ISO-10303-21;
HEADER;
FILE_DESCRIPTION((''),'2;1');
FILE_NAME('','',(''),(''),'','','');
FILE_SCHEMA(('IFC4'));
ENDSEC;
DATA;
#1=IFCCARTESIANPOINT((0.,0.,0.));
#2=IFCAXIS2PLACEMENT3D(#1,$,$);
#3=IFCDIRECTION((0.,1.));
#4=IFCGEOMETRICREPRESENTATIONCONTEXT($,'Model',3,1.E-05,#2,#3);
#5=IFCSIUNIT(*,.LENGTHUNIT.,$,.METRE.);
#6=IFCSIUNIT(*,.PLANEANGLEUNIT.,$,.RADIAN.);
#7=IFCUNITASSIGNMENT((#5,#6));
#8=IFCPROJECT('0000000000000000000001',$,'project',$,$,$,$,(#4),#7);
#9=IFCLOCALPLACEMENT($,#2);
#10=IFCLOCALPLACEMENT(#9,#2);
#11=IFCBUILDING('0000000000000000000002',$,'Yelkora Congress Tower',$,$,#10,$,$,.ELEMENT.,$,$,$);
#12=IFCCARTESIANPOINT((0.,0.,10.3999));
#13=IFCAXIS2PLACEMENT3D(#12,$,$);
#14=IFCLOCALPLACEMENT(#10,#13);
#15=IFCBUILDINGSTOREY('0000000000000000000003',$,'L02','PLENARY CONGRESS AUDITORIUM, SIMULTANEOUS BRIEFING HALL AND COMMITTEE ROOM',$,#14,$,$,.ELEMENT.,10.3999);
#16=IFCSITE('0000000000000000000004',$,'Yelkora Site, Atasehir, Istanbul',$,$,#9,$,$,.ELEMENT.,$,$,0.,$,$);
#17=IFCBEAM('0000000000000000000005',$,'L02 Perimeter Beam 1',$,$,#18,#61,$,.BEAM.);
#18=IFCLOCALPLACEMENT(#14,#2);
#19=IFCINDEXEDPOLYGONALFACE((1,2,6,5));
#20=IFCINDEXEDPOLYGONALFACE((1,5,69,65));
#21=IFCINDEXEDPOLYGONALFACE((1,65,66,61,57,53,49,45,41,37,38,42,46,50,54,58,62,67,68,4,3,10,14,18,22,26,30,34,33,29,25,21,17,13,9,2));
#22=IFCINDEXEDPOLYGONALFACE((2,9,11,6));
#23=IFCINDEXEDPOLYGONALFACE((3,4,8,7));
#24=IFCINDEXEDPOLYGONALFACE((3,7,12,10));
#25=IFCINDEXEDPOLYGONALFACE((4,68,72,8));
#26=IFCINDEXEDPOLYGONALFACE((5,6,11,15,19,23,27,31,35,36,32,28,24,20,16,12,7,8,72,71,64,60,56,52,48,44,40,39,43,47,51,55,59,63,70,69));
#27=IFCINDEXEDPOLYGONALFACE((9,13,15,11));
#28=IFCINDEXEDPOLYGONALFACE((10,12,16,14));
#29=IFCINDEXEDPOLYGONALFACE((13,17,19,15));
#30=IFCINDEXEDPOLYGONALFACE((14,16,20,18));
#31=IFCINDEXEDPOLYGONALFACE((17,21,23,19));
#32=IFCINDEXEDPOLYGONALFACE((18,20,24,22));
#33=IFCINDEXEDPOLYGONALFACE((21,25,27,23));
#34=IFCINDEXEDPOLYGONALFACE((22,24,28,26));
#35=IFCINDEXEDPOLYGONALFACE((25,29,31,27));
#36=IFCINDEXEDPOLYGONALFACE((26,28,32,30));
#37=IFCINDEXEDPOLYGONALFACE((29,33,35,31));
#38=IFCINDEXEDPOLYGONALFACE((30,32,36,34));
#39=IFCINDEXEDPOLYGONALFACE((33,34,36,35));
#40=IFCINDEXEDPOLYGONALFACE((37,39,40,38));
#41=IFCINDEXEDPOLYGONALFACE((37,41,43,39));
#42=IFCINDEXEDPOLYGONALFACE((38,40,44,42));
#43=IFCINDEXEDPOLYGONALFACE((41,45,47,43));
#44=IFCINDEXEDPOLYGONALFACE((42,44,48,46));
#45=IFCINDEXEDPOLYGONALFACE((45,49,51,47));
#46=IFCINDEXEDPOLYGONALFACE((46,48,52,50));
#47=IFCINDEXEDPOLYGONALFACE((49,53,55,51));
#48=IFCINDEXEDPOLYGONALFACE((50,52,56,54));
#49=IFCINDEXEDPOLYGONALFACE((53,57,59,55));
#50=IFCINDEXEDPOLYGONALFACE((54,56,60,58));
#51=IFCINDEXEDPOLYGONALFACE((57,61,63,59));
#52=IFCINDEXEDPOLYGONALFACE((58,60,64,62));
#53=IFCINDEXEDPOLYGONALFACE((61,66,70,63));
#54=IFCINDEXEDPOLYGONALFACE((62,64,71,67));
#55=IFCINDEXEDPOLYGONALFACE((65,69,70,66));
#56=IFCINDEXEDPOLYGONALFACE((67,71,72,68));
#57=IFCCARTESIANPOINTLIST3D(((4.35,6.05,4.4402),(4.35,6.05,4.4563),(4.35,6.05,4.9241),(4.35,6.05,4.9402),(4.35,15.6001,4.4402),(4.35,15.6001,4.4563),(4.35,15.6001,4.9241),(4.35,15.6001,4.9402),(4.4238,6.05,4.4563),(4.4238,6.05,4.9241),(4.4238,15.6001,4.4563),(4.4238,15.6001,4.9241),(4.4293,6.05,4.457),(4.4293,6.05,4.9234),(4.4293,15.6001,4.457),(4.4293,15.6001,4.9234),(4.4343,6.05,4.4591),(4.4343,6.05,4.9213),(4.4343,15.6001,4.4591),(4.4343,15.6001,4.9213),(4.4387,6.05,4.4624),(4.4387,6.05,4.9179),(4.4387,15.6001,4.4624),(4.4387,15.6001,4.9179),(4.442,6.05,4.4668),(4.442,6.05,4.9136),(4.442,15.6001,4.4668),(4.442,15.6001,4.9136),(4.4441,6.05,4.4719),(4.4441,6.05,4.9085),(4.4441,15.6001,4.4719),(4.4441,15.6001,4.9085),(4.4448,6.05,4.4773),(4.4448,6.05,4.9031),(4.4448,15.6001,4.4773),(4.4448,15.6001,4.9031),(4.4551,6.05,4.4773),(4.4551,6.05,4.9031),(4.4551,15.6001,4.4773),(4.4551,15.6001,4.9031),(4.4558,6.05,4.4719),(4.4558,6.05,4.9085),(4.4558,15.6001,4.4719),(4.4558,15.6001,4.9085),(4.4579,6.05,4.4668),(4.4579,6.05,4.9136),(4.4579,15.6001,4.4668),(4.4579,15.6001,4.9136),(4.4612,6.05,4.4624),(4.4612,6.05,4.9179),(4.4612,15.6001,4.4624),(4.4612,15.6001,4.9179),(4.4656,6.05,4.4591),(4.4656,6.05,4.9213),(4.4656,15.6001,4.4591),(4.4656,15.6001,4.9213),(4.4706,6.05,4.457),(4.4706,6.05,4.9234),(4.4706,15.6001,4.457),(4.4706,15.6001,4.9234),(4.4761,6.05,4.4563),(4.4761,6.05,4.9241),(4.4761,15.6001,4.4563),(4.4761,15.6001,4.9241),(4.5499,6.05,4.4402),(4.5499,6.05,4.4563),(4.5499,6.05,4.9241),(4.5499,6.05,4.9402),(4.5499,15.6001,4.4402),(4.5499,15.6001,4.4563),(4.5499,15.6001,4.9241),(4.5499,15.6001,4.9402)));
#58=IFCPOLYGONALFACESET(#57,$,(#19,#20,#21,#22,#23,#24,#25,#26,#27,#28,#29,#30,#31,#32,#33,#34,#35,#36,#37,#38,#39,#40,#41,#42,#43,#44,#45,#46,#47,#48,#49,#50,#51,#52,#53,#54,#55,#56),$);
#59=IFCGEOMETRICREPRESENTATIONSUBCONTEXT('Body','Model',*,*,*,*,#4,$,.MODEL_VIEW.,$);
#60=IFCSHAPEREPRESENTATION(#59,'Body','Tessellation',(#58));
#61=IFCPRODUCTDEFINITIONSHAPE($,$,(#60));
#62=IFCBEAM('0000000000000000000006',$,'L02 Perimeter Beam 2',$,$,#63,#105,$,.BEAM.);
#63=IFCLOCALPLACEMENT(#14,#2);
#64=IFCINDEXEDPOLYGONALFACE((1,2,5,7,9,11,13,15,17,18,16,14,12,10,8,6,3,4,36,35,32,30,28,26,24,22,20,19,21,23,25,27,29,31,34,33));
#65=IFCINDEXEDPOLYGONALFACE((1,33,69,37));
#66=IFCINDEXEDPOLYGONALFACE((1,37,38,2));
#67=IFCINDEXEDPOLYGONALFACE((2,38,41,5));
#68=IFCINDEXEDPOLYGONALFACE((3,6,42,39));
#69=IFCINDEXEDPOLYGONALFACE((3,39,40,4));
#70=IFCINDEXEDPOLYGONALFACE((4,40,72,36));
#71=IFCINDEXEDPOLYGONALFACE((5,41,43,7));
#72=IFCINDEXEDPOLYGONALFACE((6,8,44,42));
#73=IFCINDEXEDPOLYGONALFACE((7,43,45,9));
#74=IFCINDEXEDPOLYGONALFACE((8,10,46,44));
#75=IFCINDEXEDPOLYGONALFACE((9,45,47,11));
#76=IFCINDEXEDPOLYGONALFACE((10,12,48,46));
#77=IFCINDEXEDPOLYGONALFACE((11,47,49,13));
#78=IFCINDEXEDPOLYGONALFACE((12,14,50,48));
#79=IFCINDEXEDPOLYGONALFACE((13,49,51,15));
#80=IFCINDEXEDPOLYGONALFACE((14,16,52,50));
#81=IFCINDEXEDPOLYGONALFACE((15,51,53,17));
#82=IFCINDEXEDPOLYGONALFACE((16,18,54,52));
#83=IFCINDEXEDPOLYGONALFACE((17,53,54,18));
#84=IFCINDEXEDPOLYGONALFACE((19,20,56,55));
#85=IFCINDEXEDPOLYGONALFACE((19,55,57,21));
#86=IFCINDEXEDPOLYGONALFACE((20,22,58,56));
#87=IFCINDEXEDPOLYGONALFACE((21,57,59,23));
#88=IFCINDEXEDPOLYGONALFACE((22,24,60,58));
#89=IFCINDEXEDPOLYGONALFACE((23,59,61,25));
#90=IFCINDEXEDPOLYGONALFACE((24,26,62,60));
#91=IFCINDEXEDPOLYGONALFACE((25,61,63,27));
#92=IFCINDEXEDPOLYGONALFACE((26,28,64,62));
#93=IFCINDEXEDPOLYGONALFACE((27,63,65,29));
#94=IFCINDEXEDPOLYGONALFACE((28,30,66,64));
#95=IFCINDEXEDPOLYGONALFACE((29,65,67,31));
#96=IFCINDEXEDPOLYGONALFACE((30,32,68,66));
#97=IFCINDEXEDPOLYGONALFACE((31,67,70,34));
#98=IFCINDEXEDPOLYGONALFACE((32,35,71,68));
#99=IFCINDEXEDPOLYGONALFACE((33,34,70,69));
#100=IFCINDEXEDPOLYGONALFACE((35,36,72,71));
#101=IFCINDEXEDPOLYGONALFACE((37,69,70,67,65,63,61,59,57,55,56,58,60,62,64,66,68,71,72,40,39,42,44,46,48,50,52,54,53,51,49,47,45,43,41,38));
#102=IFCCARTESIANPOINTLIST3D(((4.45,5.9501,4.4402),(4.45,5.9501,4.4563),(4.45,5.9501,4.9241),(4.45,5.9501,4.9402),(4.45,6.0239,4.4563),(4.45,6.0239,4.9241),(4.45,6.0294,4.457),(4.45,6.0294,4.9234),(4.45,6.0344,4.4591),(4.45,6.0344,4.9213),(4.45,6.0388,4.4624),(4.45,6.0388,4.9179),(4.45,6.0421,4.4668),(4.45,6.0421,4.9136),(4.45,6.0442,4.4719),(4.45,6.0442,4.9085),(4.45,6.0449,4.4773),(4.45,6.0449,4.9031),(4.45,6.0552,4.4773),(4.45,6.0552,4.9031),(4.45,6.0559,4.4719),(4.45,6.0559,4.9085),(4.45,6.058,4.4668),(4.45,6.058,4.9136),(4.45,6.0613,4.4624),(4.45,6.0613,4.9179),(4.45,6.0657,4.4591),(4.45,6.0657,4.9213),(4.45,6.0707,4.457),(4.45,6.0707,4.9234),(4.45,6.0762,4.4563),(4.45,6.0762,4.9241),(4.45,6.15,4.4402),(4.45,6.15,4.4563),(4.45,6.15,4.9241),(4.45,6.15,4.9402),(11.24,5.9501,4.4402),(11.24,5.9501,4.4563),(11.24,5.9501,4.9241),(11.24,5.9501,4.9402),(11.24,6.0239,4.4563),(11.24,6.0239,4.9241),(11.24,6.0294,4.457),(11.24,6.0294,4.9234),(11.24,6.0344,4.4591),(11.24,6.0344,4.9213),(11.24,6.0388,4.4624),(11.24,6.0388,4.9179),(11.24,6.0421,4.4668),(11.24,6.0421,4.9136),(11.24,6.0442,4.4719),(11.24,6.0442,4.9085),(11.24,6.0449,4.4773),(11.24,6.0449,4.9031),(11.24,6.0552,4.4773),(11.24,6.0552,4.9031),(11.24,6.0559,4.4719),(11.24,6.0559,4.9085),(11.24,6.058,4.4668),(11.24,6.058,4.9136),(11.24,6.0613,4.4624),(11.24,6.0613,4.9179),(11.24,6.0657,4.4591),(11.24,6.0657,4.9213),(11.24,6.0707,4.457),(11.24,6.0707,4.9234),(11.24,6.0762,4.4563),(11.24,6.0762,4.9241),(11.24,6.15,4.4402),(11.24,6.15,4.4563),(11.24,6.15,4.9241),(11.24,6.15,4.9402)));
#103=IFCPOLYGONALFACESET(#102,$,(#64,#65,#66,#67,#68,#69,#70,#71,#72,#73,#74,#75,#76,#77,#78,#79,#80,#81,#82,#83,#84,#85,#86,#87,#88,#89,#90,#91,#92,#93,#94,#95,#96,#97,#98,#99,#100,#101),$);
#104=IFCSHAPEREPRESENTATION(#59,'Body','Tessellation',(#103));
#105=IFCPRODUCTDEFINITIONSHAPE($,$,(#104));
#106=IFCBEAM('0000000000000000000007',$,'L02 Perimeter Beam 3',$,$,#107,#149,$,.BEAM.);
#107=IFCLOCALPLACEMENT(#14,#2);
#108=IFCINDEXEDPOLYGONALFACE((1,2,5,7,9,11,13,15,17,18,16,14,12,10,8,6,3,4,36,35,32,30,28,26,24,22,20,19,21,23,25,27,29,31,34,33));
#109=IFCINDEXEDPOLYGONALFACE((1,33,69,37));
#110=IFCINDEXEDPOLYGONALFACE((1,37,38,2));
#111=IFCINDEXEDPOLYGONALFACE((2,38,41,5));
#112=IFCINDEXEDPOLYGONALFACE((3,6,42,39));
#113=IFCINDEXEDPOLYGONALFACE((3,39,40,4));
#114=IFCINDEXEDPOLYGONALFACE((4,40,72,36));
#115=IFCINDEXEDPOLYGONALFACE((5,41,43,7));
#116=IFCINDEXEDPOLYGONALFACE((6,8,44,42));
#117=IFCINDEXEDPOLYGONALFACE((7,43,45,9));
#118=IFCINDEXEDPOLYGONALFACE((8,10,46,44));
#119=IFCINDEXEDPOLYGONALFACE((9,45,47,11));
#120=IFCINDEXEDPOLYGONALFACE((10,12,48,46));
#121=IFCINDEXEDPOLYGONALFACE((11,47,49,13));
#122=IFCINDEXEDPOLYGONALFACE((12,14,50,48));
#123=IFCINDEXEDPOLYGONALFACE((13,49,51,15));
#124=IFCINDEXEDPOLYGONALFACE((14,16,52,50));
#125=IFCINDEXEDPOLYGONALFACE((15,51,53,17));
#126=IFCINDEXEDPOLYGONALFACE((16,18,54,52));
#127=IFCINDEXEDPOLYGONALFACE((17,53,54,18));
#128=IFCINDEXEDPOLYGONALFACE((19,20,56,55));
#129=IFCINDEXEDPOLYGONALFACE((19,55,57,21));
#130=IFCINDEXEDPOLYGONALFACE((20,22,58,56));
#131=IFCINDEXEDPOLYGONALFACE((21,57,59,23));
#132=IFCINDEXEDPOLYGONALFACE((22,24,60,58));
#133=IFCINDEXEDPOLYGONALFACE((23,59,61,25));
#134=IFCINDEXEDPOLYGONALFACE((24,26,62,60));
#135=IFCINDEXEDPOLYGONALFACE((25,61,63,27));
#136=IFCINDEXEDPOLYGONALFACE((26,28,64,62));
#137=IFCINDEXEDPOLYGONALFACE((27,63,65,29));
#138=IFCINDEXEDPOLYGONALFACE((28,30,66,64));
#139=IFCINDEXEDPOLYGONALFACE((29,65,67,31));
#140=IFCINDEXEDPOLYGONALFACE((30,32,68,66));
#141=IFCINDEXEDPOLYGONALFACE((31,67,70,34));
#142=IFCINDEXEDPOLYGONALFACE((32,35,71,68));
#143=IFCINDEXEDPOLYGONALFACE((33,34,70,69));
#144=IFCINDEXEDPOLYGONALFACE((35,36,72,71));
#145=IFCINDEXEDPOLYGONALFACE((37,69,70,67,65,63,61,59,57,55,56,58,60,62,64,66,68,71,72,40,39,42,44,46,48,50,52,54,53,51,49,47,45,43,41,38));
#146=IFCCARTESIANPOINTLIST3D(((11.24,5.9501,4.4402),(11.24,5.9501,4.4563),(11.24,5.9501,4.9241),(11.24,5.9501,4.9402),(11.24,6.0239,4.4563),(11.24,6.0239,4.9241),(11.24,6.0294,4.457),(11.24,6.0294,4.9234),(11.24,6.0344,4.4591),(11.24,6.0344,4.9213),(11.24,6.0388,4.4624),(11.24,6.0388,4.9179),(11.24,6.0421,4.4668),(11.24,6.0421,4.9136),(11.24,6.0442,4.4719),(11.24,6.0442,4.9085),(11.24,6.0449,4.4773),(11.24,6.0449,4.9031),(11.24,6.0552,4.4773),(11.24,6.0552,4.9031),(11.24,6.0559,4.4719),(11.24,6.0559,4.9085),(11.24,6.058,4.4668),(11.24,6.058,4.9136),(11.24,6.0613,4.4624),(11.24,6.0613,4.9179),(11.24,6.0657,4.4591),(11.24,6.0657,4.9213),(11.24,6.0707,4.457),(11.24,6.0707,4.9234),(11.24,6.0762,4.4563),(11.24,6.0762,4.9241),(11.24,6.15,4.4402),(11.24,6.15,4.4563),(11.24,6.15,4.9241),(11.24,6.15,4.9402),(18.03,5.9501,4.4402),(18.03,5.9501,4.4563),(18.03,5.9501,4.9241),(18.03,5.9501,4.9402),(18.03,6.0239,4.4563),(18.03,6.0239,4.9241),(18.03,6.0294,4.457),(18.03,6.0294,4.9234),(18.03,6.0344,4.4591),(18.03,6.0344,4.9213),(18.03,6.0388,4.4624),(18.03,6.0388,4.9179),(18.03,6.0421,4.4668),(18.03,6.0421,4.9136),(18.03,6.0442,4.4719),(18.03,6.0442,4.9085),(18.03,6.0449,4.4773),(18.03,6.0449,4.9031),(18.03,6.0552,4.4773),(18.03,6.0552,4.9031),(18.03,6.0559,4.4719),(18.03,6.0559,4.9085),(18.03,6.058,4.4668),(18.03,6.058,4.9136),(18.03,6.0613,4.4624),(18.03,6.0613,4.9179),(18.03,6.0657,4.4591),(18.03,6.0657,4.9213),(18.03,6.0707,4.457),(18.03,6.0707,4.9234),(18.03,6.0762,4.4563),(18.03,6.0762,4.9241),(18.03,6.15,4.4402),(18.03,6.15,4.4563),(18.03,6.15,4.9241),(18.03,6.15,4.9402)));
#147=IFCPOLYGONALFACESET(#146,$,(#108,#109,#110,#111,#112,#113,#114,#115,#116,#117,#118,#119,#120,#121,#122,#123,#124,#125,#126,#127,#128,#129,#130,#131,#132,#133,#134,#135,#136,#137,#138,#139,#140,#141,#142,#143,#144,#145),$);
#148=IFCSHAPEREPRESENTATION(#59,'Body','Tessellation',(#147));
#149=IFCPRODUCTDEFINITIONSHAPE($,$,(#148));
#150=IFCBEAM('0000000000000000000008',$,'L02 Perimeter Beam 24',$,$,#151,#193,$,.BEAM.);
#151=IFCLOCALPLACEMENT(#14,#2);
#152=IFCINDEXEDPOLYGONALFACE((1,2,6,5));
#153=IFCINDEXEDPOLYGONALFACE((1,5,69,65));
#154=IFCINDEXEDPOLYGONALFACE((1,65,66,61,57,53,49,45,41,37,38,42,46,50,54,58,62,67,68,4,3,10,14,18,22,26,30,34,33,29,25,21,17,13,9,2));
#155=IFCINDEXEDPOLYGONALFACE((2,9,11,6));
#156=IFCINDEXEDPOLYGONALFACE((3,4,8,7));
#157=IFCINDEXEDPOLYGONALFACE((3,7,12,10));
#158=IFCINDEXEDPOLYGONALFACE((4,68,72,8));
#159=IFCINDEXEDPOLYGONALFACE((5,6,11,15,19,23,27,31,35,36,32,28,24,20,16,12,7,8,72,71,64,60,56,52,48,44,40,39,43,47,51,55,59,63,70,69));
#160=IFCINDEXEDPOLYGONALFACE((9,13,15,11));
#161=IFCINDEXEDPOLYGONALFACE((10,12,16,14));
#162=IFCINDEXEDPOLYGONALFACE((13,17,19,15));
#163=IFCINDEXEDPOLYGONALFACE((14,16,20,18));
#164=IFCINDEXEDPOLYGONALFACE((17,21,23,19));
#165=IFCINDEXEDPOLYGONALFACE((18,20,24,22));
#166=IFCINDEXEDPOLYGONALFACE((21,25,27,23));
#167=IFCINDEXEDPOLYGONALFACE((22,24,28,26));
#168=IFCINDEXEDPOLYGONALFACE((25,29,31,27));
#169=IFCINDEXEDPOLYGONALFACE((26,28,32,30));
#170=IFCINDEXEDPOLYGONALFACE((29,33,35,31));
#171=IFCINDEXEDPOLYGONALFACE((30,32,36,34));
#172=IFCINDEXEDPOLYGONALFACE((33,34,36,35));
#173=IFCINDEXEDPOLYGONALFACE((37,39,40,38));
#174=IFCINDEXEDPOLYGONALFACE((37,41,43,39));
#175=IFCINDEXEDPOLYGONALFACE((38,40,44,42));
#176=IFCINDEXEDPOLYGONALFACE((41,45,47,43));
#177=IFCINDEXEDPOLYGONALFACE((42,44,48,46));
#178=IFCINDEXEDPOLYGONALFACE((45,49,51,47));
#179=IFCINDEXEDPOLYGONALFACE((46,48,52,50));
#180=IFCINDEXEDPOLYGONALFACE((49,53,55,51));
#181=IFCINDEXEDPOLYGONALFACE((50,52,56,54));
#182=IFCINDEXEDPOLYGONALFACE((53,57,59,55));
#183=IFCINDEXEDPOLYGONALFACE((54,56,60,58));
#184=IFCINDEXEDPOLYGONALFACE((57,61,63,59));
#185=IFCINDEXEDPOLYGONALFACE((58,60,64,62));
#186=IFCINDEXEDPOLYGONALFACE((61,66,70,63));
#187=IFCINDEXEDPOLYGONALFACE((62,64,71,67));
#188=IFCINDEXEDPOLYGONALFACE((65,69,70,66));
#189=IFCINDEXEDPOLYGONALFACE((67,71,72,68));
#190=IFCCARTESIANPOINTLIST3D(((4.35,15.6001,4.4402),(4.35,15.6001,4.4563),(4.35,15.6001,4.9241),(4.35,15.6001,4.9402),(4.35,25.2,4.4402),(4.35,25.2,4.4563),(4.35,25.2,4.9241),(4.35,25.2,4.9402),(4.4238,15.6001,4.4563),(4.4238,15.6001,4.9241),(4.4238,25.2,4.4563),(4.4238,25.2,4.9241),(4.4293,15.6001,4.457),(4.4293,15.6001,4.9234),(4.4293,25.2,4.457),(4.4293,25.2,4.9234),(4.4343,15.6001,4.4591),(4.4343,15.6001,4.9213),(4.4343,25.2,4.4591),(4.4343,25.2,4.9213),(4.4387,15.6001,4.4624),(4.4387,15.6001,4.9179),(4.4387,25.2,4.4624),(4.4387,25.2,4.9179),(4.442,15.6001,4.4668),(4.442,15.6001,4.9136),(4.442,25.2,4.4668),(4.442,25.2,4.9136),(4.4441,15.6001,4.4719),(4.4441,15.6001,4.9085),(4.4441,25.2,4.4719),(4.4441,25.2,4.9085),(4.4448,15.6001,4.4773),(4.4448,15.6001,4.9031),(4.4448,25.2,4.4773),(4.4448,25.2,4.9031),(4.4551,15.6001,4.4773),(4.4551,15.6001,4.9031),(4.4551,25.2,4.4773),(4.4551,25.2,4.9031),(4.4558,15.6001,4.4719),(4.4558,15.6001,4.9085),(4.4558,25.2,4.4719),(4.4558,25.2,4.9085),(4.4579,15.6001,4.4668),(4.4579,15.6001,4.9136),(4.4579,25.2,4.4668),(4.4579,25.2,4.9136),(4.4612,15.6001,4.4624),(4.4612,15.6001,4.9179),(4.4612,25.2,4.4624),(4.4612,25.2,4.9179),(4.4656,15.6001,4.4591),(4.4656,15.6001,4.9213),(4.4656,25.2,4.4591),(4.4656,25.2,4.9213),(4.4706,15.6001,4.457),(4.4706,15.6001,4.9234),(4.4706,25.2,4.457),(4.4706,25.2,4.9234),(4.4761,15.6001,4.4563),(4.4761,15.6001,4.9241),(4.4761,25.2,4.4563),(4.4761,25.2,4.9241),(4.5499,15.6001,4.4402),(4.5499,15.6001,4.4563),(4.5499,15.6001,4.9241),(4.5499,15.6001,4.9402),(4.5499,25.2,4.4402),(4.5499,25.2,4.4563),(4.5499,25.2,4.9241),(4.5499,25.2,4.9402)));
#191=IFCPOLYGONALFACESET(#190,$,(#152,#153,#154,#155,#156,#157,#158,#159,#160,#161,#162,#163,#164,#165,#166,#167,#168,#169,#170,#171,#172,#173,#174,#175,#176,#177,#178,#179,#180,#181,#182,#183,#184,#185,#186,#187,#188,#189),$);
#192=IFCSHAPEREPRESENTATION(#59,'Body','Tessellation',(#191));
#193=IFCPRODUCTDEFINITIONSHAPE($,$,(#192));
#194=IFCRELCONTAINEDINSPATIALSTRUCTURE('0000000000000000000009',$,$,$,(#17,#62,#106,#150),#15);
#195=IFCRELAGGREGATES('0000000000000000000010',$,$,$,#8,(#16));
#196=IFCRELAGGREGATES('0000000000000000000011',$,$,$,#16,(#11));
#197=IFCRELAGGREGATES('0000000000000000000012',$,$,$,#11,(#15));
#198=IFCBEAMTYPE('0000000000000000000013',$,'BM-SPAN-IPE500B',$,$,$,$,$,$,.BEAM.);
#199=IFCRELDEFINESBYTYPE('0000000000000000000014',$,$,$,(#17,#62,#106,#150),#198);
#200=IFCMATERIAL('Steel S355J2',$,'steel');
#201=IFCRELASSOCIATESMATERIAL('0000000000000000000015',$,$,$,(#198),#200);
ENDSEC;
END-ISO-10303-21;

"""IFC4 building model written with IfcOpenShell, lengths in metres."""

from ifc_helpers import new_model, si_unit, direction, frame, origin, origin_2d, place, context, subcontext, project, spatial, i_section, extrude, material, material_profile, profile_set, type_object, element, save


model = new_model("IFC4")

# Units and contexts
model_context = context("Model", 3, precision=1e-05, world=origin(), true_north=direction((0.0, 1.0)))
body_context = subcontext(model_context, "Body", "Model", "MODEL_VIEW")
ifc_project = project(units=[si_unit("LENGTHUNIT", "METRE"), si_unit("PLANEANGLEUNIT", "RADIAN")], contexts=[model_context])

# Site, building, storey
site_placement = place(None, origin())
site = spatial("IfcSite", under=ifc_project, at=site_placement, Name="Yelkora Site, Atasehir, Istanbul", CompositionType="ELEMENT", RefElevation=0.0)
building_placement = place(site_placement, origin())
building = spatial("IfcBuilding", under=site, at=building_placement, Name="Yelkora Congress Tower", CompositionType="ELEMENT")
storey_placement = place(building_placement, frame((0.0, 0.0, 10.3999)))
storey = spatial("IfcBuildingStorey", under=building, at=storey_placement, Name="L02", Description="PLENARY CONGRESS AUDITORIUM, SIMULTANEOUS BRIEFING HALL AND COMMITTEE ROOM", CompositionType="ELEMENT", Elevation=10.3999)

# Beams
ifc_material_1 = material(Name="Steel S355J2", Category="steel")
ifc_material_profile_1 = material_profile(ifc_material_1, i_section(OverallWidth=0.2, OverallDepth=0.5, WebThickness=0.0103, FlangeThickness=0.0161, FilletRadius=0.021, at=origin_2d()), Name="IPE 500")
ifc_profile_set_1 = profile_set([ifc_material_profile_1], Name="Steel S355J2")
beam_type_1 = type_object("IfcBeamType", Name="BM-SPAN-IPE500B", PredefinedType="BEAM", material=ifc_profile_set_1)
beam_1_placement = place(storey_placement, frame((4.45, 15.6001, 4.6902), z_axis=(0.0, -1.0, 0.0), x_axis=(1.0, 0.0, 0.0)))
element("IfcBeam", 1, at=beam_1_placement, inside=storey, type_object=beam_type_1, Name="L02 Perimeter Beam 1", PredefinedType="BEAM", context=body_context, shape_type="SweptSolid", body=[
    extrude(i_section(OverallWidth=0.2, OverallDepth=0.5, WebThickness=0.0103, FlangeThickness=0.0161, FilletRadius=0.021, at=origin_2d()), origin(), (0.0, 0.0, 1.0), 9.55),
])
for number, where, z_axis, x_axis, name in (
    (2, (4.45, 6.05, 4.6902), (1.0, 0.0, 0.0), (0.0, 1.0, 0.0), "L02 Perimeter Beam 2"),
    (3, (11.24, 6.05, 4.6902), (1.0, 0.0, 0.0), (0.0, 1.0, 0.0), "L02 Perimeter Beam 3"),
):
    element("IfcBeam", number, at=place(storey_placement, frame(where, z_axis=z_axis, x_axis=x_axis)), inside=storey, type_object=beam_type_1, Name=name, PredefinedType="BEAM", context=body_context, shape_type="SweptSolid", body=[
        extrude(i_section(OverallWidth=0.2, OverallDepth=0.5, WebThickness=0.0103, FlangeThickness=0.0161, FilletRadius=0.021, at=origin_2d()), origin(), (0.0, 0.0, 1.0), 6.79),
    ])
beam_2_placement = place(storey_placement, frame((4.45, 25.2, 4.6902), z_axis=(0.0, -1.0, 0.0), x_axis=(1.0, 0.0, 0.0)))
element("IfcBeam", 4, at=beam_2_placement, inside=storey, type_object=beam_type_1, Name="L02 Perimeter Beam 24", PredefinedType="BEAM", context=body_context, shape_type="SweptSolid", body=[
    extrude(i_section(OverallWidth=0.2, OverallDepth=0.5, WebThickness=0.0103, FlangeThickness=0.0161, FilletRadius=0.021, at=origin_2d()), origin(), (0.0, 0.0, 1.0), 9.5999),
])

save(model, "model.ifc")
